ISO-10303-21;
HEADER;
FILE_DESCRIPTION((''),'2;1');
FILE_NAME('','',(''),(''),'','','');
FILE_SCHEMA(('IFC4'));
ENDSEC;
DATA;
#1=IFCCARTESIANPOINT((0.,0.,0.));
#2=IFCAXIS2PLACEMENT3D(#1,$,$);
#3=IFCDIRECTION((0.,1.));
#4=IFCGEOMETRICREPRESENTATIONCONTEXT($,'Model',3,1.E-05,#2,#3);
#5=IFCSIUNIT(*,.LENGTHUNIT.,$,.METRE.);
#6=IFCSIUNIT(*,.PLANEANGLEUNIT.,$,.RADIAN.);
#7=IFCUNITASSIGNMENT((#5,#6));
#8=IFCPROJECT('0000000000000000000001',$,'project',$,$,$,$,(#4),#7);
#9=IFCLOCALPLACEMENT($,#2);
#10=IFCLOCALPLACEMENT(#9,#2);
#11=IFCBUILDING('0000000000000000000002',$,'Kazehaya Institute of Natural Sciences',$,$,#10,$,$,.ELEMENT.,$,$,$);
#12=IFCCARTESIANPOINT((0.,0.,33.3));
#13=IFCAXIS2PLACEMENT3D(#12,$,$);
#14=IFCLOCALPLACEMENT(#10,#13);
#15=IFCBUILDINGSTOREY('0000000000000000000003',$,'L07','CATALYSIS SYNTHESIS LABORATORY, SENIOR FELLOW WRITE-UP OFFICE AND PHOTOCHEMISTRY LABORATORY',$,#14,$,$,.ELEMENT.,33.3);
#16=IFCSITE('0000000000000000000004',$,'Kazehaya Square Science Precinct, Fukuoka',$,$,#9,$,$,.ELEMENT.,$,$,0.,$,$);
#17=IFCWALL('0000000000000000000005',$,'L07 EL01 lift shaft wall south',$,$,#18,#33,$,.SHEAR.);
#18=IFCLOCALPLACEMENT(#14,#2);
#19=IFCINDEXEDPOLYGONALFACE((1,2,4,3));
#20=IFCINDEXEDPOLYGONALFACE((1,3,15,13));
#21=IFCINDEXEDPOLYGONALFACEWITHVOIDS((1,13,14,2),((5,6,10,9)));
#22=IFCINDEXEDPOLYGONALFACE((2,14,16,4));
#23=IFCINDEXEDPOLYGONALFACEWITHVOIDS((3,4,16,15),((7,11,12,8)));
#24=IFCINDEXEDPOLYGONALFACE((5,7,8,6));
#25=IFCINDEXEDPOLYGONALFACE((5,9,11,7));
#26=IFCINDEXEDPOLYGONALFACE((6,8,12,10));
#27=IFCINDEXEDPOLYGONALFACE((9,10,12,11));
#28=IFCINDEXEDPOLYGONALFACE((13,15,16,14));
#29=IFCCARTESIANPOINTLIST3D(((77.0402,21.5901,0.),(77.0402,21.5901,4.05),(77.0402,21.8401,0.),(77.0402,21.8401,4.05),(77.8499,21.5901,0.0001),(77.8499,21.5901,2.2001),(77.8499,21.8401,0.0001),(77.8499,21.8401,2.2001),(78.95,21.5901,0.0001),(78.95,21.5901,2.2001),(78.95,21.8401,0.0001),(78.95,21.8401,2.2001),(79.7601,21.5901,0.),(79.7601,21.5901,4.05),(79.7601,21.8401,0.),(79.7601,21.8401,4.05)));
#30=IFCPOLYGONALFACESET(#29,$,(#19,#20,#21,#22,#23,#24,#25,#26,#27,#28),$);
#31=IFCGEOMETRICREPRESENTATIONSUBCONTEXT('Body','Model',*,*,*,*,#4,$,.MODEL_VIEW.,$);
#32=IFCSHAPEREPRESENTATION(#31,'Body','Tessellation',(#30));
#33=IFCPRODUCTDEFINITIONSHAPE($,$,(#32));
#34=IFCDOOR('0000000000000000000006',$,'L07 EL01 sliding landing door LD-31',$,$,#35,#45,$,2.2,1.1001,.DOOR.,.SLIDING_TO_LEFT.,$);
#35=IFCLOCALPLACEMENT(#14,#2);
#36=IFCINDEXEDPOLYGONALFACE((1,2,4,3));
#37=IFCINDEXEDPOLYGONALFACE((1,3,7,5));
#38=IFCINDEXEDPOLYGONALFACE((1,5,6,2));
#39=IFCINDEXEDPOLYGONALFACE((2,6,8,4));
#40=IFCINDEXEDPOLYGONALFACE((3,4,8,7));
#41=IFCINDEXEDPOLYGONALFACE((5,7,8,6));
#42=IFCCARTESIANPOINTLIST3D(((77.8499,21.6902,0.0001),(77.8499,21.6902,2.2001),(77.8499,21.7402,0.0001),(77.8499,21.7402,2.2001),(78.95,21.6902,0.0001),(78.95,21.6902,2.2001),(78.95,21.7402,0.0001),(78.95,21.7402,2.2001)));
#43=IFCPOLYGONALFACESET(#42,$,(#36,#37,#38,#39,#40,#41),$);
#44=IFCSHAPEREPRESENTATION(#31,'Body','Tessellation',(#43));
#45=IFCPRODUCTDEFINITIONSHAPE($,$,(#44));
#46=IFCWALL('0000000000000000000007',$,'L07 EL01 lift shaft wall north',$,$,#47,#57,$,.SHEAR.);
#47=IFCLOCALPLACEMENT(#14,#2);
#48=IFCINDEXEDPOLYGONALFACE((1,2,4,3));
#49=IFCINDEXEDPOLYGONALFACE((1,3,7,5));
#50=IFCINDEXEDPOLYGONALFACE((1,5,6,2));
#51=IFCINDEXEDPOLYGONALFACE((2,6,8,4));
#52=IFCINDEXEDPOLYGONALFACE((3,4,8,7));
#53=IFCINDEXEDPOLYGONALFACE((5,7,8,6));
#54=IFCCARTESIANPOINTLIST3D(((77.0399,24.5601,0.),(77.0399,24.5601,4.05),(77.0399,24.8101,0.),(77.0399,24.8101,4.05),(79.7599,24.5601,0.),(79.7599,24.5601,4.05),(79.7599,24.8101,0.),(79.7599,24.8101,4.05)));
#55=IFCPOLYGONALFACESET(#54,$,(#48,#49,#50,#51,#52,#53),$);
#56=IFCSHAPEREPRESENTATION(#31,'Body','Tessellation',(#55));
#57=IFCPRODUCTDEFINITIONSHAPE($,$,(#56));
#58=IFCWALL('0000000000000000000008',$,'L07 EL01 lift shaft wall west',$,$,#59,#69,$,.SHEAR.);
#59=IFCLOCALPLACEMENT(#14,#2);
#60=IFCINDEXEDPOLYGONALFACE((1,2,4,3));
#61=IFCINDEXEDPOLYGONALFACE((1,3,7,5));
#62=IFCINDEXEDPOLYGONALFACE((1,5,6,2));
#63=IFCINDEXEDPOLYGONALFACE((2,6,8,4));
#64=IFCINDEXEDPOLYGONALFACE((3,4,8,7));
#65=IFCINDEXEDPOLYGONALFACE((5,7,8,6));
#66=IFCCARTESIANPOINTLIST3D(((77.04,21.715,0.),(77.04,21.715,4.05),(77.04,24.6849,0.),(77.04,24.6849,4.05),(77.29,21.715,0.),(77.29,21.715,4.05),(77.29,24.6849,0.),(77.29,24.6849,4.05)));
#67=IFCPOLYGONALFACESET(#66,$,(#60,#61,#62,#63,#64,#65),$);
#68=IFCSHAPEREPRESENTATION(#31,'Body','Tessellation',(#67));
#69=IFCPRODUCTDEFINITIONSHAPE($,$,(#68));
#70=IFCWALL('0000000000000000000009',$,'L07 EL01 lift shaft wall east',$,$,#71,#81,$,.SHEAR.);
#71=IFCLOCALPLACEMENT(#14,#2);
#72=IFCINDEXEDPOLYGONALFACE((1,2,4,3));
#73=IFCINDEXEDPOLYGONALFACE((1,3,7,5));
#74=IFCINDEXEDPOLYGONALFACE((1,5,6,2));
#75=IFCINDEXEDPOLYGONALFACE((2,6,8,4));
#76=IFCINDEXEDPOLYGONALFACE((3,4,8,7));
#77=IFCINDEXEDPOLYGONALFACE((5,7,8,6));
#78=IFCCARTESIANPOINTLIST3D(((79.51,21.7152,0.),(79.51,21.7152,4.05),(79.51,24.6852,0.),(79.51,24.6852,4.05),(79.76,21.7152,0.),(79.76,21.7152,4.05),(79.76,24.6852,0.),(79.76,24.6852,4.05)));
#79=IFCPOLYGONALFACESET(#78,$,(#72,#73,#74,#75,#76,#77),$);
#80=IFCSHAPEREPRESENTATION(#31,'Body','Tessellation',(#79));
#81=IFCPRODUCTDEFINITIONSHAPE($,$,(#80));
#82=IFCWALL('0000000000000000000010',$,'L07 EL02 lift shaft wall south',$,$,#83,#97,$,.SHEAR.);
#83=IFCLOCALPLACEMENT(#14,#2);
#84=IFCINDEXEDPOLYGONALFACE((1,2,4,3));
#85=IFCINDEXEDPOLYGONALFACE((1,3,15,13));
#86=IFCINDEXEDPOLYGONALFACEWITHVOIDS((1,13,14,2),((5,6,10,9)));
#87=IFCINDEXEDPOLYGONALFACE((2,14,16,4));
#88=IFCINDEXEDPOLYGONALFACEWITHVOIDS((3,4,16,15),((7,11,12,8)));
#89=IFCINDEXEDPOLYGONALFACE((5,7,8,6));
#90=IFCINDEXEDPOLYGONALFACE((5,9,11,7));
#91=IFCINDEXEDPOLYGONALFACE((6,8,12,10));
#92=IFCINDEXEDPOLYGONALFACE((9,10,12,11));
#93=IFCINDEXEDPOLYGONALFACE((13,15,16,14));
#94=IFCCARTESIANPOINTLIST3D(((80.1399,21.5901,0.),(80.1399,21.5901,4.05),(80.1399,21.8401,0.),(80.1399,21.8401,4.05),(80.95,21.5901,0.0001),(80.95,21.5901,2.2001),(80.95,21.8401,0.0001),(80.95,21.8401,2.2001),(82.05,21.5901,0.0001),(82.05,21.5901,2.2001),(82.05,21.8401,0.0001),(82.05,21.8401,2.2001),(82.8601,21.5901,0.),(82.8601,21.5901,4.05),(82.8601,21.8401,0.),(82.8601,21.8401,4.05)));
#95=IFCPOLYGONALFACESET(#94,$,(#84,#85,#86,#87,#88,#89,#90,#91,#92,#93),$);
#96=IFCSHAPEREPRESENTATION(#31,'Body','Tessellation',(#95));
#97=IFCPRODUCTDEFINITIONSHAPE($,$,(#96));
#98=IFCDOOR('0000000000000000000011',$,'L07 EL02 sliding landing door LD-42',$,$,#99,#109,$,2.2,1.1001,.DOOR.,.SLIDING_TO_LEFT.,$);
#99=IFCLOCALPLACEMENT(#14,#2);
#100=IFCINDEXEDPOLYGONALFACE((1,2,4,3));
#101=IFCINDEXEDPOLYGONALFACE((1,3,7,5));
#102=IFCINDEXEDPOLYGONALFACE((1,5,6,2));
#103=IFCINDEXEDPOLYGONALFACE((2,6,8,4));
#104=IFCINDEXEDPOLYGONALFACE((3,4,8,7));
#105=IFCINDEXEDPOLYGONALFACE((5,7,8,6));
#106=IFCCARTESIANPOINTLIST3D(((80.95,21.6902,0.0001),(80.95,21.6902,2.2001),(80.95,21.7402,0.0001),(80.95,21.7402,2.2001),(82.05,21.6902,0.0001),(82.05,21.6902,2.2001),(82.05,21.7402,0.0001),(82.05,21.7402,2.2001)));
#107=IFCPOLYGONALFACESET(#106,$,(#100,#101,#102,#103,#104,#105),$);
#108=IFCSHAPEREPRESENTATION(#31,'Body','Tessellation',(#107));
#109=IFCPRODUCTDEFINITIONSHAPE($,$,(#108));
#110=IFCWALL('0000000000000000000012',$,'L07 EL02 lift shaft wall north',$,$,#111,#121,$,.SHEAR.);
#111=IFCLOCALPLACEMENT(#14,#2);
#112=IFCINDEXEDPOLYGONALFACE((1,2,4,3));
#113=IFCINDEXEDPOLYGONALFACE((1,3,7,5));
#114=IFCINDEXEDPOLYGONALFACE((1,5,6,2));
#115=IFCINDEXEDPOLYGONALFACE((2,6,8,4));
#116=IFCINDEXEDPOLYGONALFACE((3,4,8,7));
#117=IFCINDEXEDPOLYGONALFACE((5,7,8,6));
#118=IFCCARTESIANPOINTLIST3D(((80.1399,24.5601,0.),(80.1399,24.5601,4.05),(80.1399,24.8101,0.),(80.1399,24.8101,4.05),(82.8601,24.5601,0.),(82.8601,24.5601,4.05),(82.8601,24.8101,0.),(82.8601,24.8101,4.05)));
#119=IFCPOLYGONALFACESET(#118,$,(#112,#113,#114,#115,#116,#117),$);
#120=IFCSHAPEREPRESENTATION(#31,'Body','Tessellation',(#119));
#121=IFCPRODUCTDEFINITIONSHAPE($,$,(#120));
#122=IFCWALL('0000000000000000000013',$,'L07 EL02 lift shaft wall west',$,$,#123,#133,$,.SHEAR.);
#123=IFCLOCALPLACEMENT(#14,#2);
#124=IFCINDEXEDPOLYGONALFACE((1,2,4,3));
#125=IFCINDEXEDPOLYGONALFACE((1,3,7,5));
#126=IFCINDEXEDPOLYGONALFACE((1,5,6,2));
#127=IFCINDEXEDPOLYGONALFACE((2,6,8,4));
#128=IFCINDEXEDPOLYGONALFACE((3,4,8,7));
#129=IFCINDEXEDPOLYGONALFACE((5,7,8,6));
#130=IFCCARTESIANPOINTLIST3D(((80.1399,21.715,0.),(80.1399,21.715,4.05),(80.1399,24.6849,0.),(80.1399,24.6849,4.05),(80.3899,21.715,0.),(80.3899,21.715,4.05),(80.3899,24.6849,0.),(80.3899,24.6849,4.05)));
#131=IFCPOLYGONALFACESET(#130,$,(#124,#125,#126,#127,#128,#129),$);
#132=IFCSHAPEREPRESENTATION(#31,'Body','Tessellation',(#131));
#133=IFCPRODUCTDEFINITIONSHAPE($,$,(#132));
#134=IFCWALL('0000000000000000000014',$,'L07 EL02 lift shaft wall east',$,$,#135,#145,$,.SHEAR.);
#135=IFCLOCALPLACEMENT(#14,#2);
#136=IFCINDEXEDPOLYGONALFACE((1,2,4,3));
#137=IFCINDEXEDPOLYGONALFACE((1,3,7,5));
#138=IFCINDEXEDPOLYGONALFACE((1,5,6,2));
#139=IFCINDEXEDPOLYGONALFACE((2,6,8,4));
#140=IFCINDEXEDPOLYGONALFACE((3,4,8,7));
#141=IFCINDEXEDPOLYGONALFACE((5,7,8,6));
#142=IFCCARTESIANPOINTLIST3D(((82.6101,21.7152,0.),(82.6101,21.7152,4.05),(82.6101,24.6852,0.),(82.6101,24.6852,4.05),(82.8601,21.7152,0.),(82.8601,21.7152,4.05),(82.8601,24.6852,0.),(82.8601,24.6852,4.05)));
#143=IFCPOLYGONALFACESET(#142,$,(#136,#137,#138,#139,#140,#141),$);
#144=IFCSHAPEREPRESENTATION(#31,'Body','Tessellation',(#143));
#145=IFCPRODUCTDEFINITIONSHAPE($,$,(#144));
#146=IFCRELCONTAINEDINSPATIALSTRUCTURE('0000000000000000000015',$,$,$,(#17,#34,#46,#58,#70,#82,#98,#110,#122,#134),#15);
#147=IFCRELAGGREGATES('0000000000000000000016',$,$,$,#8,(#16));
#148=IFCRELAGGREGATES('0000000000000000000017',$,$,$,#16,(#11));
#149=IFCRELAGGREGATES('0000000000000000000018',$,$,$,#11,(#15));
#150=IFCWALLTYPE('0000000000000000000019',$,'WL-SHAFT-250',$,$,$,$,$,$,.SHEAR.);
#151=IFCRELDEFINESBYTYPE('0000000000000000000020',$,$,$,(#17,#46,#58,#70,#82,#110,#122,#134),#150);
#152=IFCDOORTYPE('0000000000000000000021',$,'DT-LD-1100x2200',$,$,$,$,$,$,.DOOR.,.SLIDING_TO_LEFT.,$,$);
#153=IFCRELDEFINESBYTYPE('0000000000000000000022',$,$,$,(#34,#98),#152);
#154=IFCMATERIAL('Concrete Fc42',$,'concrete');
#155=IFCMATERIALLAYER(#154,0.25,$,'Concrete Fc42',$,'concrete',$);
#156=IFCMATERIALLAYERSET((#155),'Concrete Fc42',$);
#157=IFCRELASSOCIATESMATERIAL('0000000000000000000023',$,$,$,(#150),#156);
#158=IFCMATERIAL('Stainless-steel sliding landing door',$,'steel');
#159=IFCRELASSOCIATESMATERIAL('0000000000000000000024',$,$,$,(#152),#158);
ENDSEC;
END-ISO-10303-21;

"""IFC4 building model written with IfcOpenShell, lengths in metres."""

from ifc_helpers import new_model, si_unit, direction, frame, frame_2d, origin, place, context, subcontext, project, spatial, rectangle, extrude, material, layer, layer_set, type_object, element, fill, save


model = new_model("IFC4")

# Units and contexts
model_context = context("Model", 3, precision=1e-05, world=origin(), true_north=direction((0.0, 1.0)))
body_context = subcontext(model_context, "Body", "Model", "MODEL_VIEW")
ifc_project = project(units=[si_unit("LENGTHUNIT", "METRE"), si_unit("PLANEANGLEUNIT", "RADIAN")], contexts=[model_context])

# Site, building, storey
site_placement = place(None, origin())
site = spatial("IfcSite", under=ifc_project, at=site_placement, Name="Kazehaya Square Science Precinct, Fukuoka", CompositionType="ELEMENT", RefElevation=0.0)
building_placement = place(site_placement, origin())
building = spatial("IfcBuilding", under=site, at=building_placement, Name="Kazehaya Institute of Natural Sciences", CompositionType="ELEMENT")
storey_placement = place(building_placement, frame((0.0, 0.0, 33.3)))
storey = spatial("IfcBuildingStorey", under=building, at=storey_placement, Name="L07", Description="CATALYSIS SYNTHESIS LABORATORY, SENIOR FELLOW WRITE-UP OFFICE AND PHOTOCHEMISTRY LABORATORY", CompositionType="ELEMENT", Elevation=33.3)

# Shared definitions
ifc_material_1 = material(Name="Concrete Fc42", Category="concrete")
ifc_layer_1 = layer(ifc_material_1, 0.25, Name="Concrete Fc42", Category="concrete")
ifc_layer_set_1 = layer_set([ifc_layer_1], Name="Concrete Fc42")
wall_type_1 = type_object("IfcWallType", Name="WL-SHAFT-250", PredefinedType="SHEAR", material=ifc_layer_set_1)

# Wall, opening, door
wall_1_placement = place(storey_placement, frame((79.76, 21.7151, 0.0), z_axis=(0.0, 0.0, 1.0), x_axis=(-1.0, 0.0, 0.0)))
wall_1 = element("IfcWall", 1, at=wall_1_placement, inside=storey, type_object=wall_type_1, Name="L07 EL01 lift shaft wall south", PredefinedType="SHEAR", context=body_context, shape_type="SweptSolid", body=[
    extrude(rectangle(XDim=2.72, YDim=0.25, at=frame_2d((1.3599, 0.0))), origin(), (0.0, 0.0, 1.0), 4.05),
])
opening_1_placement = place(wall_1_placement, frame((0.8101, 0.0, 0.0)))
opening_1 = element("IfcOpeningElement", 2, at=opening_1_placement, cuts=wall_1, PredefinedType="OPENING", context=body_context, shape_type="SweptSolid", body=[
    extrude(rectangle(XDim=1.1001, YDim=2.2, at=frame_2d((0.55, 1.1001))), frame((0.0, 0.135, 0.0), z_axis=(0.0, -1.0, 0.0), x_axis=(1.0, 0.0, 0.0)), (0.0, 0.0, 1.0), 0.27),
])
ifc_material_2 = material(Name="Stainless-steel sliding landing door", Category="steel")
door_type = type_object("IfcDoorType", Name="DT-LD-1100x2200", OperationType="SLIDING_TO_LEFT", PredefinedType="DOOR", material=ifc_material_2)
door_1_placement = place(opening_1_placement, origin())
door_1 = element("IfcDoor", 3, at=door_1_placement, inside=storey, type_object=door_type, Name="L07 EL01 sliding landing door LD-31", OperationType="SLIDING_TO_LEFT", OverallHeight=2.2, OverallWidth=1.1001, PredefinedType="DOOR", context=body_context, shape_type="SweptSolid", body=[
    extrude(rectangle(XDim=1.1001, YDim=2.2, at=frame_2d((0.55, 1.1001))), frame((0.0, 0.0249, 0.0), z_axis=(0.0, -1.0, 0.0), x_axis=(1.0, 0.0, 0.0)), (0.0, 0.0, 1.0), 0.05),
])
fill(opening_1, door_1)

# Walls
wall_2_placement = place(storey_placement, frame((77.04, 24.6851, 0.0), z_axis=(0.0, 0.0, 1.0), x_axis=(1.0, 0.0, 0.0)))
element("IfcWall", 4, at=wall_2_placement, inside=storey, type_object=wall_type_1, Name="L07 EL01 lift shaft wall north", PredefinedType="SHEAR", context=body_context, shape_type="SweptSolid", body=[
    extrude(rectangle(XDim=2.72, YDim=0.25, at=frame_2d((1.3599, 0.0))), origin(), (0.0, 0.0, 1.0), 4.05),
])
for number, where, z_axis, x_axis, name in (
    (5, (77.165, 21.7151, 0.0), (0.0, 0.0, 1.0), (0.0, 1.0, 0.0), "L07 EL01 lift shaft wall west"),
    (6, (79.635, 24.6851, 0.0), (0.0, 0.0, 1.0), (0.0, -1.0, 0.0), "L07 EL01 lift shaft wall east"),
):
    element("IfcWall", number, at=place(storey_placement, frame(where, z_axis=z_axis, x_axis=x_axis)), inside=storey, type_object=wall_type_1, Name=name, PredefinedType="SHEAR", context=body_context, shape_type="SweptSolid", body=[
        extrude(rectangle(XDim=2.97, YDim=0.25, at=frame_2d((1.4849, 0.0))), origin(), (0.0, 0.0, 1.0), 4.05),
    ])

# Wall, opening, door
wall_3_placement = place(storey_placement, frame((82.8601, 21.7151, 0.0), z_axis=(0.0, 0.0, 1.0), x_axis=(-1.0, 0.0, 0.0)))
wall_3 = element("IfcWall", 7, at=wall_3_placement, inside=storey, type_object=wall_type_1, Name="L07 EL02 lift shaft wall south", PredefinedType="SHEAR", context=body_context, shape_type="SweptSolid", body=[
    extrude(rectangle(XDim=2.7202, YDim=0.25, at=frame_2d((1.3601, 0.0))), origin(), (0.0, 0.0, 1.0), 4.05),
])
opening_2_placement = place(wall_3_placement, frame((0.8101, 0.0, 0.0)))
opening_2 = element("IfcOpeningElement", 8, at=opening_2_placement, cuts=wall_3, PredefinedType="OPENING", context=body_context, shape_type="SweptSolid", body=[
    extrude(rectangle(XDim=1.1001, YDim=2.2, at=frame_2d((0.55, 1.1001))), frame((0.0, 0.135, 0.0), z_axis=(0.0, -1.0, 0.0), x_axis=(1.0, 0.0, 0.0)), (0.0, 0.0, 1.0), 0.27),
])
door_2_placement = place(opening_2_placement, origin())
door_2 = element("IfcDoor", 9, at=door_2_placement, inside=storey, type_object=door_type, Name="L07 EL02 sliding landing door LD-42", OperationType="SLIDING_TO_LEFT", OverallHeight=2.2, OverallWidth=1.1001, PredefinedType="DOOR", context=body_context, shape_type="SweptSolid", body=[
    extrude(rectangle(XDim=1.1001, YDim=2.2, at=frame_2d((0.55, 1.1001))), frame((0.0, 0.0249, 0.0), z_axis=(0.0, -1.0, 0.0), x_axis=(1.0, 0.0, 0.0)), (0.0, 0.0, 1.0), 0.05),
])
fill(opening_2, door_2)

# Walls
wall_4_placement = place(storey_placement, frame((80.1399, 24.6851, 0.0), z_axis=(0.0, 0.0, 1.0), x_axis=(1.0, 0.0, 0.0)))
element("IfcWall", 10, at=wall_4_placement, inside=storey, type_object=wall_type_1, Name="L07 EL02 lift shaft wall north", PredefinedType="SHEAR", context=body_context, shape_type="SweptSolid", body=[
    extrude(rectangle(XDim=2.7202, YDim=0.25, at=frame_2d((1.3601, 0.0))), origin(), (0.0, 0.0, 1.0), 4.05),
])
for number, where, z_axis, x_axis, name in (
    (11, (80.2649, 21.7151, 0.0), (0.0, 0.0, 1.0), (0.0, 1.0, 0.0), "L07 EL02 lift shaft wall west"),
    (12, (82.7351, 24.6851, 0.0), (0.0, 0.0, 1.0), (0.0, -1.0, 0.0), "L07 EL02 lift shaft wall east"),
):
    element("IfcWall", number, at=place(storey_placement, frame(where, z_axis=z_axis, x_axis=x_axis)), inside=storey, type_object=wall_type_1, Name=name, PredefinedType="SHEAR", context=body_context, shape_type="SweptSolid", body=[
        extrude(rectangle(XDim=2.97, YDim=0.25, at=frame_2d((1.4849, 0.0))), origin(), (0.0, 0.0, 1.0), 4.05),
    ])

save(model, "model.ifc")
